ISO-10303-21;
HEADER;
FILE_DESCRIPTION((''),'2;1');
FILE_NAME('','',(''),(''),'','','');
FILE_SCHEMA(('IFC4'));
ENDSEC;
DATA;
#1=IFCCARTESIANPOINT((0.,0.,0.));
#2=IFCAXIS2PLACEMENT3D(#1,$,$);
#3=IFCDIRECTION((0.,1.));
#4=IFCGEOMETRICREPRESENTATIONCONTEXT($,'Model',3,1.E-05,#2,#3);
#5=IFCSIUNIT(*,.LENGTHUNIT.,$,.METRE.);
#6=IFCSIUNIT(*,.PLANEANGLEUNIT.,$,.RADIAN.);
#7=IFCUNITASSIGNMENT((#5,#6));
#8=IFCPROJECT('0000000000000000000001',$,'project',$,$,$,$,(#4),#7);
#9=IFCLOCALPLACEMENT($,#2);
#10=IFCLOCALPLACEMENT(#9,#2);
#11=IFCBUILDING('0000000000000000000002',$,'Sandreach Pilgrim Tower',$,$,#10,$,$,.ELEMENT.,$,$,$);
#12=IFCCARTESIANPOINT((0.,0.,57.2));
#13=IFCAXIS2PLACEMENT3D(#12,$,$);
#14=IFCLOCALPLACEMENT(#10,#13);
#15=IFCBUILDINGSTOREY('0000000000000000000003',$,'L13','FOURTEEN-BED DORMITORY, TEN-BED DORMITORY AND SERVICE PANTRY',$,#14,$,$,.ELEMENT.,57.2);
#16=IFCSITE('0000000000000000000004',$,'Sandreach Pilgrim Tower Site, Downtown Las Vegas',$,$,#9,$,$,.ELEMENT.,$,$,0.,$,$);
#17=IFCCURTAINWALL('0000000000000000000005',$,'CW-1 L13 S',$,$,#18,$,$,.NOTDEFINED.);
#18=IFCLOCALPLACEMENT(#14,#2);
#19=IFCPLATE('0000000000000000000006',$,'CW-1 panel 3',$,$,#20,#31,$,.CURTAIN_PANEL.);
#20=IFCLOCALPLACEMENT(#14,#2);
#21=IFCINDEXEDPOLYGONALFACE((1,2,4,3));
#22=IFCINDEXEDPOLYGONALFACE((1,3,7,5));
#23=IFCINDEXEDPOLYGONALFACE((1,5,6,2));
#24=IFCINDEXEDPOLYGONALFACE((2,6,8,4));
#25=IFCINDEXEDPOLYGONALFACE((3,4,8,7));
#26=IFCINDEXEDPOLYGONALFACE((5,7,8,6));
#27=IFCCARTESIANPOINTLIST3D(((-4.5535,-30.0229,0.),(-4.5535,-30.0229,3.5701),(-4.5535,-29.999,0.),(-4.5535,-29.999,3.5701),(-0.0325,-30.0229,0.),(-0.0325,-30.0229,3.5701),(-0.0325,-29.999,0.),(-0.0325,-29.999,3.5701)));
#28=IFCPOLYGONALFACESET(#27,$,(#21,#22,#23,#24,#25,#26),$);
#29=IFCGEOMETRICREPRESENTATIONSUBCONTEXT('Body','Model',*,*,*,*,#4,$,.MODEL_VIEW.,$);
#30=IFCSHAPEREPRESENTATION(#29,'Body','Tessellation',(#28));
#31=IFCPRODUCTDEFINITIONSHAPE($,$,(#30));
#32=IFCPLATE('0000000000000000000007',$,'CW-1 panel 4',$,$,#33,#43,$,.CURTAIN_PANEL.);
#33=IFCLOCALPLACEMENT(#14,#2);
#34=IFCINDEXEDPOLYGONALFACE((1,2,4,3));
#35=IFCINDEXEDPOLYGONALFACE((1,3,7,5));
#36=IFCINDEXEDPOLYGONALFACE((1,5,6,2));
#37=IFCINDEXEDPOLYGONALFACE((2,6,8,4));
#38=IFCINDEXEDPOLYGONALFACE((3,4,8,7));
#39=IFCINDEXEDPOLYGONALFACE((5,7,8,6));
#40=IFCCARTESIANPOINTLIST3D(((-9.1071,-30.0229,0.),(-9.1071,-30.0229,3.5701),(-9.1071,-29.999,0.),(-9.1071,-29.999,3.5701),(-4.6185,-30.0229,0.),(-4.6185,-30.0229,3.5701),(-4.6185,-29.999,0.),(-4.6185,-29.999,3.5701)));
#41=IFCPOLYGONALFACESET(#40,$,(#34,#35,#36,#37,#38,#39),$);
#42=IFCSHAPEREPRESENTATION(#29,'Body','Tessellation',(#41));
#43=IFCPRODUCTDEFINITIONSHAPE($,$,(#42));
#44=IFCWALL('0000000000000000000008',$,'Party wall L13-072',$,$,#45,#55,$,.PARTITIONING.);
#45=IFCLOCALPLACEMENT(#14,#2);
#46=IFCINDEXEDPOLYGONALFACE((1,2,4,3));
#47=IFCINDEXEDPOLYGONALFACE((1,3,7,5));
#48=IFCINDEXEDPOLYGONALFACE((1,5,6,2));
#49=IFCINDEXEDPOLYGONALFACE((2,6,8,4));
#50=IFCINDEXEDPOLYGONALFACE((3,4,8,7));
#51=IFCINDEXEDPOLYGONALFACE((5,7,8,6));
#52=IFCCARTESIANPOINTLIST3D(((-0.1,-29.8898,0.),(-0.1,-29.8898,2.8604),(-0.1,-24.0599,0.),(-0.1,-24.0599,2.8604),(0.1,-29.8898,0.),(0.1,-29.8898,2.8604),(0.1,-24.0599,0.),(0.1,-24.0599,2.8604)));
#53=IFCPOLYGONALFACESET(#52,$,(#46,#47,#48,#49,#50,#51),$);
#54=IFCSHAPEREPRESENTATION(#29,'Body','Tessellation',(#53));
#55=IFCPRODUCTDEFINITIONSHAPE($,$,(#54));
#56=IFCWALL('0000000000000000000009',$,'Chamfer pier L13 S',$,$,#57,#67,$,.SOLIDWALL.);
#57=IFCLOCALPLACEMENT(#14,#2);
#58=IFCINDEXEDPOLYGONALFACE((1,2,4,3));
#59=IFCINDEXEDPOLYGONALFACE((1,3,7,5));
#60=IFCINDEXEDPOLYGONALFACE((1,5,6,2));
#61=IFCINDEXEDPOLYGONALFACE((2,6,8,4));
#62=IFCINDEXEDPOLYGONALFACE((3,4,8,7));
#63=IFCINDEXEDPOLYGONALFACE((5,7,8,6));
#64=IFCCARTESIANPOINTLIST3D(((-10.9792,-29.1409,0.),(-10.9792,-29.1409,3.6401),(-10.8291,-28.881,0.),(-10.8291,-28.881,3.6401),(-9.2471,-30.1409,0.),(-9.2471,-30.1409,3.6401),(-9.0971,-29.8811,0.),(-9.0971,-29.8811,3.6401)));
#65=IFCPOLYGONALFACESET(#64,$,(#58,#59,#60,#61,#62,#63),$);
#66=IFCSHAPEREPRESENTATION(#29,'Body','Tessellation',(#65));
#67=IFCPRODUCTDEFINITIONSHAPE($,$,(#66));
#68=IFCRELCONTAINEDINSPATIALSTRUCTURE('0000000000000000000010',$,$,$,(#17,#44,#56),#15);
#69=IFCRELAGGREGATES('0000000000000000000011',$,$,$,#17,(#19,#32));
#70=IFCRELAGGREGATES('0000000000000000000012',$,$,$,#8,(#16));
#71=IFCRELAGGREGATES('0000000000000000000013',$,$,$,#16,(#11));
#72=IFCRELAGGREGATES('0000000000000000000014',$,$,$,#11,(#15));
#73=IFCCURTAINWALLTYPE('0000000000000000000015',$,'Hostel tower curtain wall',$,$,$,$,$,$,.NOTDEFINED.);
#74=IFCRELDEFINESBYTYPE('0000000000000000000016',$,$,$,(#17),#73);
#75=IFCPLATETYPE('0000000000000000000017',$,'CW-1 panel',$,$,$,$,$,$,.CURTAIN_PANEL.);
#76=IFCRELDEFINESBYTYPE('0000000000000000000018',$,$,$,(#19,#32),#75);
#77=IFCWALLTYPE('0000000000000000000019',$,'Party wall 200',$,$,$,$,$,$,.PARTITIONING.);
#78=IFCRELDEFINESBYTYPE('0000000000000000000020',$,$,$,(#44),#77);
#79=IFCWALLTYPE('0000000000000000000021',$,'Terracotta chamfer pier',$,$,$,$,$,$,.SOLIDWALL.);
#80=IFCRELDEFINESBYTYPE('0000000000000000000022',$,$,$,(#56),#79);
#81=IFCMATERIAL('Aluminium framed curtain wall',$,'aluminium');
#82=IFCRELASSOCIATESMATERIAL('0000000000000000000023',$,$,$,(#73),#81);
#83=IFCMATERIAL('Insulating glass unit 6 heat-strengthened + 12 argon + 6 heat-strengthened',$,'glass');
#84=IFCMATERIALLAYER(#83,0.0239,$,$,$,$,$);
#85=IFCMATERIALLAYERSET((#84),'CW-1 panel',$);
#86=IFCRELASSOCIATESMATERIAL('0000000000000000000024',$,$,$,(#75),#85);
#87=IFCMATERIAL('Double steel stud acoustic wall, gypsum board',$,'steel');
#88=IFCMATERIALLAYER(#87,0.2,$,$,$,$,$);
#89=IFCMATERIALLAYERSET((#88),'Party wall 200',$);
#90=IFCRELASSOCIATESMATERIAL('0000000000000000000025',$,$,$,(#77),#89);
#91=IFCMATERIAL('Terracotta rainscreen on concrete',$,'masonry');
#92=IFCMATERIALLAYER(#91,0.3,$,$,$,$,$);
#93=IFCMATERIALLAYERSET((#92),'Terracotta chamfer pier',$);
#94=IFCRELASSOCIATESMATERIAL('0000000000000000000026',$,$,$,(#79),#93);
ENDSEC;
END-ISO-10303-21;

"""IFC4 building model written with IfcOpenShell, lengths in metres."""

from ifc_helpers import new_model, si_unit, direction, frame, frame_2d, origin, origin_2d, place, context, subcontext, project, spatial, rectangle, extrude, material, layer, layer_set, type_object, element, aggregate, save


model = new_model("IFC4")

# Units and contexts
model_context = context("Model", 3, precision=1e-05, world=origin(), true_north=direction((0.0, 1.0)))
body_context = subcontext(model_context, "Body", "Model", "MODEL_VIEW")
ifc_project = project(units=[si_unit("LENGTHUNIT", "METRE"), si_unit("PLANEANGLEUNIT", "RADIAN")], contexts=[model_context])

# Site, building, storey
site_placement = place(None, origin())
site = spatial("IfcSite", under=ifc_project, at=site_placement, Name="Sandreach Pilgrim Tower Site, Downtown Las Vegas", CompositionType="ELEMENT", RefElevation=0.0)
building_placement = place(site_placement, origin())
building = spatial("IfcBuilding", under=site, at=building_placement, Name="Sandreach Pilgrim Tower", CompositionType="ELEMENT")
storey_placement = place(building_placement, frame((0.0, 0.0, 57.2)))
storey = spatial("IfcBuildingStorey", under=building, at=storey_placement, Name="L13", Description="FOURTEEN-BED DORMITORY, TEN-BED DORMITORY AND SERVICE PANTRY", CompositionType="ELEMENT", Elevation=57.2)

# Curtain wall
ifc_material_1 = material(Name="Aluminium framed curtain wall", Category="aluminium")
curtain_wall_type = type_object("IfcCurtainWallType", Name="Hostel tower curtain wall", PredefinedType="NOTDEFINED", material=ifc_material_1)
curtain_wall_placement = place(storey_placement, origin())
curtain_wall = element("IfcCurtainWall", 1, at=curtain_wall_placement, inside=storey, type_object=curtain_wall_type, Name="CW-1 L13 S", PredefinedType="NOTDEFINED")

# Plates
ifc_material_2 = material(Name="Insulating glass unit 6 heat-strengthened + 12 argon + 6 heat-strengthened", Category="glass")
ifc_layer_1 = layer(ifc_material_2, 0.0239)
ifc_layer_set_1 = layer_set([ifc_layer_1], Name="CW-1 panel")
plate_type = type_object("IfcPlateType", Name="CW-1 panel", PredefinedType="CURTAIN_PANEL", material=ifc_layer_set_1)
plate_1_placement = place(storey_placement, frame((-2.293, -30.011, 0.0), z_axis=(0.0, 0.0, 1.0), x_axis=(-1.0, 0.0, 0.0)))
plate_1 = element("IfcPlate", 2, at=plate_1_placement, type_object=plate_type, Name="CW-1 panel 3", PredefinedType="CURTAIN_PANEL", context=body_context, shape_type="SweptSolid", body=[
    extrude(rectangle(XDim=4.521, YDim=0.0239, at=origin_2d()), origin(), (0.0, 0.0, 1.0), 3.5701),
])
plate_2_placement = place(storey_placement, frame((-6.8628, -30.011, 0.0), z_axis=(0.0, 0.0, 1.0), x_axis=(-1.0, 0.0, 0.0)))
plate_2 = element("IfcPlate", 3, at=plate_2_placement, type_object=plate_type, Name="CW-1 panel 4", PredefinedType="CURTAIN_PANEL", context=body_context, shape_type="SweptSolid", body=[
    extrude(rectangle(XDim=4.4885, YDim=0.0239, at=origin_2d()), origin(), (0.0, 0.0, 1.0), 3.5701),
])
aggregate(curtain_wall, [plate_1, plate_2])

# Walls
ifc_material_3 = material(Name="Double steel stud acoustic wall, gypsum board", Category="steel")
ifc_layer_2 = layer(ifc_material_3, 0.2)
ifc_layer_set_2 = layer_set([ifc_layer_2], Name="Party wall 200")
wall_type_1 = type_object("IfcWallType", Name="Party wall 200", PredefinedType="PARTITIONING", material=ifc_layer_set_2)
wall_1_placement = place(storey_placement, frame((0.0, -29.8899, 0.0), z_axis=(0.0, 0.0, 1.0), x_axis=(0.0, 1.0, 0.0)))
element("IfcWall", 4, at=wall_1_placement, inside=storey, type_object=wall_type_1, Name="Party wall L13-072", PredefinedType="PARTITIONING", context=body_context, shape_type="SweptSolid", body=[
    extrude(rectangle(XDim=5.8298, YDim=0.2, at=frame_2d((2.915, 0.0))), origin(), (0.0, 0.0, 1.0), 2.8604),
])
ifc_material_4 = material(Name="Terracotta rainscreen on concrete", Category="masonry")
ifc_layer_3 = layer(ifc_material_4, 0.3)
ifc_layer_set_3 = layer_set([ifc_layer_3], Name="Terracotta chamfer pier")
wall_type_2 = type_object("IfcWallType", Name="Terracotta chamfer pier", PredefinedType="SOLIDWALL", material=ifc_layer_set_3)
wall_2_placement = place(storey_placement, frame((-9.1721, -30.011, 0.0), z_axis=(0.0, 0.0, 1.0), x_axis=(-0.866011, 0.500025, 0.0)))
element("IfcWall", 5, at=wall_2_placement, inside=storey, type_object=wall_type_2, Name="Chamfer pier L13 S", PredefinedType="SOLIDWALL", context=body_context, shape_type="SweptSolid", body=[
    extrude(rectangle(XDim=2.0, YDim=0.3, at=frame_2d((1.0, 0.0))), origin(), (0.0, 0.0, 1.0), 3.6401),
])

save(model, "model.ifc")
